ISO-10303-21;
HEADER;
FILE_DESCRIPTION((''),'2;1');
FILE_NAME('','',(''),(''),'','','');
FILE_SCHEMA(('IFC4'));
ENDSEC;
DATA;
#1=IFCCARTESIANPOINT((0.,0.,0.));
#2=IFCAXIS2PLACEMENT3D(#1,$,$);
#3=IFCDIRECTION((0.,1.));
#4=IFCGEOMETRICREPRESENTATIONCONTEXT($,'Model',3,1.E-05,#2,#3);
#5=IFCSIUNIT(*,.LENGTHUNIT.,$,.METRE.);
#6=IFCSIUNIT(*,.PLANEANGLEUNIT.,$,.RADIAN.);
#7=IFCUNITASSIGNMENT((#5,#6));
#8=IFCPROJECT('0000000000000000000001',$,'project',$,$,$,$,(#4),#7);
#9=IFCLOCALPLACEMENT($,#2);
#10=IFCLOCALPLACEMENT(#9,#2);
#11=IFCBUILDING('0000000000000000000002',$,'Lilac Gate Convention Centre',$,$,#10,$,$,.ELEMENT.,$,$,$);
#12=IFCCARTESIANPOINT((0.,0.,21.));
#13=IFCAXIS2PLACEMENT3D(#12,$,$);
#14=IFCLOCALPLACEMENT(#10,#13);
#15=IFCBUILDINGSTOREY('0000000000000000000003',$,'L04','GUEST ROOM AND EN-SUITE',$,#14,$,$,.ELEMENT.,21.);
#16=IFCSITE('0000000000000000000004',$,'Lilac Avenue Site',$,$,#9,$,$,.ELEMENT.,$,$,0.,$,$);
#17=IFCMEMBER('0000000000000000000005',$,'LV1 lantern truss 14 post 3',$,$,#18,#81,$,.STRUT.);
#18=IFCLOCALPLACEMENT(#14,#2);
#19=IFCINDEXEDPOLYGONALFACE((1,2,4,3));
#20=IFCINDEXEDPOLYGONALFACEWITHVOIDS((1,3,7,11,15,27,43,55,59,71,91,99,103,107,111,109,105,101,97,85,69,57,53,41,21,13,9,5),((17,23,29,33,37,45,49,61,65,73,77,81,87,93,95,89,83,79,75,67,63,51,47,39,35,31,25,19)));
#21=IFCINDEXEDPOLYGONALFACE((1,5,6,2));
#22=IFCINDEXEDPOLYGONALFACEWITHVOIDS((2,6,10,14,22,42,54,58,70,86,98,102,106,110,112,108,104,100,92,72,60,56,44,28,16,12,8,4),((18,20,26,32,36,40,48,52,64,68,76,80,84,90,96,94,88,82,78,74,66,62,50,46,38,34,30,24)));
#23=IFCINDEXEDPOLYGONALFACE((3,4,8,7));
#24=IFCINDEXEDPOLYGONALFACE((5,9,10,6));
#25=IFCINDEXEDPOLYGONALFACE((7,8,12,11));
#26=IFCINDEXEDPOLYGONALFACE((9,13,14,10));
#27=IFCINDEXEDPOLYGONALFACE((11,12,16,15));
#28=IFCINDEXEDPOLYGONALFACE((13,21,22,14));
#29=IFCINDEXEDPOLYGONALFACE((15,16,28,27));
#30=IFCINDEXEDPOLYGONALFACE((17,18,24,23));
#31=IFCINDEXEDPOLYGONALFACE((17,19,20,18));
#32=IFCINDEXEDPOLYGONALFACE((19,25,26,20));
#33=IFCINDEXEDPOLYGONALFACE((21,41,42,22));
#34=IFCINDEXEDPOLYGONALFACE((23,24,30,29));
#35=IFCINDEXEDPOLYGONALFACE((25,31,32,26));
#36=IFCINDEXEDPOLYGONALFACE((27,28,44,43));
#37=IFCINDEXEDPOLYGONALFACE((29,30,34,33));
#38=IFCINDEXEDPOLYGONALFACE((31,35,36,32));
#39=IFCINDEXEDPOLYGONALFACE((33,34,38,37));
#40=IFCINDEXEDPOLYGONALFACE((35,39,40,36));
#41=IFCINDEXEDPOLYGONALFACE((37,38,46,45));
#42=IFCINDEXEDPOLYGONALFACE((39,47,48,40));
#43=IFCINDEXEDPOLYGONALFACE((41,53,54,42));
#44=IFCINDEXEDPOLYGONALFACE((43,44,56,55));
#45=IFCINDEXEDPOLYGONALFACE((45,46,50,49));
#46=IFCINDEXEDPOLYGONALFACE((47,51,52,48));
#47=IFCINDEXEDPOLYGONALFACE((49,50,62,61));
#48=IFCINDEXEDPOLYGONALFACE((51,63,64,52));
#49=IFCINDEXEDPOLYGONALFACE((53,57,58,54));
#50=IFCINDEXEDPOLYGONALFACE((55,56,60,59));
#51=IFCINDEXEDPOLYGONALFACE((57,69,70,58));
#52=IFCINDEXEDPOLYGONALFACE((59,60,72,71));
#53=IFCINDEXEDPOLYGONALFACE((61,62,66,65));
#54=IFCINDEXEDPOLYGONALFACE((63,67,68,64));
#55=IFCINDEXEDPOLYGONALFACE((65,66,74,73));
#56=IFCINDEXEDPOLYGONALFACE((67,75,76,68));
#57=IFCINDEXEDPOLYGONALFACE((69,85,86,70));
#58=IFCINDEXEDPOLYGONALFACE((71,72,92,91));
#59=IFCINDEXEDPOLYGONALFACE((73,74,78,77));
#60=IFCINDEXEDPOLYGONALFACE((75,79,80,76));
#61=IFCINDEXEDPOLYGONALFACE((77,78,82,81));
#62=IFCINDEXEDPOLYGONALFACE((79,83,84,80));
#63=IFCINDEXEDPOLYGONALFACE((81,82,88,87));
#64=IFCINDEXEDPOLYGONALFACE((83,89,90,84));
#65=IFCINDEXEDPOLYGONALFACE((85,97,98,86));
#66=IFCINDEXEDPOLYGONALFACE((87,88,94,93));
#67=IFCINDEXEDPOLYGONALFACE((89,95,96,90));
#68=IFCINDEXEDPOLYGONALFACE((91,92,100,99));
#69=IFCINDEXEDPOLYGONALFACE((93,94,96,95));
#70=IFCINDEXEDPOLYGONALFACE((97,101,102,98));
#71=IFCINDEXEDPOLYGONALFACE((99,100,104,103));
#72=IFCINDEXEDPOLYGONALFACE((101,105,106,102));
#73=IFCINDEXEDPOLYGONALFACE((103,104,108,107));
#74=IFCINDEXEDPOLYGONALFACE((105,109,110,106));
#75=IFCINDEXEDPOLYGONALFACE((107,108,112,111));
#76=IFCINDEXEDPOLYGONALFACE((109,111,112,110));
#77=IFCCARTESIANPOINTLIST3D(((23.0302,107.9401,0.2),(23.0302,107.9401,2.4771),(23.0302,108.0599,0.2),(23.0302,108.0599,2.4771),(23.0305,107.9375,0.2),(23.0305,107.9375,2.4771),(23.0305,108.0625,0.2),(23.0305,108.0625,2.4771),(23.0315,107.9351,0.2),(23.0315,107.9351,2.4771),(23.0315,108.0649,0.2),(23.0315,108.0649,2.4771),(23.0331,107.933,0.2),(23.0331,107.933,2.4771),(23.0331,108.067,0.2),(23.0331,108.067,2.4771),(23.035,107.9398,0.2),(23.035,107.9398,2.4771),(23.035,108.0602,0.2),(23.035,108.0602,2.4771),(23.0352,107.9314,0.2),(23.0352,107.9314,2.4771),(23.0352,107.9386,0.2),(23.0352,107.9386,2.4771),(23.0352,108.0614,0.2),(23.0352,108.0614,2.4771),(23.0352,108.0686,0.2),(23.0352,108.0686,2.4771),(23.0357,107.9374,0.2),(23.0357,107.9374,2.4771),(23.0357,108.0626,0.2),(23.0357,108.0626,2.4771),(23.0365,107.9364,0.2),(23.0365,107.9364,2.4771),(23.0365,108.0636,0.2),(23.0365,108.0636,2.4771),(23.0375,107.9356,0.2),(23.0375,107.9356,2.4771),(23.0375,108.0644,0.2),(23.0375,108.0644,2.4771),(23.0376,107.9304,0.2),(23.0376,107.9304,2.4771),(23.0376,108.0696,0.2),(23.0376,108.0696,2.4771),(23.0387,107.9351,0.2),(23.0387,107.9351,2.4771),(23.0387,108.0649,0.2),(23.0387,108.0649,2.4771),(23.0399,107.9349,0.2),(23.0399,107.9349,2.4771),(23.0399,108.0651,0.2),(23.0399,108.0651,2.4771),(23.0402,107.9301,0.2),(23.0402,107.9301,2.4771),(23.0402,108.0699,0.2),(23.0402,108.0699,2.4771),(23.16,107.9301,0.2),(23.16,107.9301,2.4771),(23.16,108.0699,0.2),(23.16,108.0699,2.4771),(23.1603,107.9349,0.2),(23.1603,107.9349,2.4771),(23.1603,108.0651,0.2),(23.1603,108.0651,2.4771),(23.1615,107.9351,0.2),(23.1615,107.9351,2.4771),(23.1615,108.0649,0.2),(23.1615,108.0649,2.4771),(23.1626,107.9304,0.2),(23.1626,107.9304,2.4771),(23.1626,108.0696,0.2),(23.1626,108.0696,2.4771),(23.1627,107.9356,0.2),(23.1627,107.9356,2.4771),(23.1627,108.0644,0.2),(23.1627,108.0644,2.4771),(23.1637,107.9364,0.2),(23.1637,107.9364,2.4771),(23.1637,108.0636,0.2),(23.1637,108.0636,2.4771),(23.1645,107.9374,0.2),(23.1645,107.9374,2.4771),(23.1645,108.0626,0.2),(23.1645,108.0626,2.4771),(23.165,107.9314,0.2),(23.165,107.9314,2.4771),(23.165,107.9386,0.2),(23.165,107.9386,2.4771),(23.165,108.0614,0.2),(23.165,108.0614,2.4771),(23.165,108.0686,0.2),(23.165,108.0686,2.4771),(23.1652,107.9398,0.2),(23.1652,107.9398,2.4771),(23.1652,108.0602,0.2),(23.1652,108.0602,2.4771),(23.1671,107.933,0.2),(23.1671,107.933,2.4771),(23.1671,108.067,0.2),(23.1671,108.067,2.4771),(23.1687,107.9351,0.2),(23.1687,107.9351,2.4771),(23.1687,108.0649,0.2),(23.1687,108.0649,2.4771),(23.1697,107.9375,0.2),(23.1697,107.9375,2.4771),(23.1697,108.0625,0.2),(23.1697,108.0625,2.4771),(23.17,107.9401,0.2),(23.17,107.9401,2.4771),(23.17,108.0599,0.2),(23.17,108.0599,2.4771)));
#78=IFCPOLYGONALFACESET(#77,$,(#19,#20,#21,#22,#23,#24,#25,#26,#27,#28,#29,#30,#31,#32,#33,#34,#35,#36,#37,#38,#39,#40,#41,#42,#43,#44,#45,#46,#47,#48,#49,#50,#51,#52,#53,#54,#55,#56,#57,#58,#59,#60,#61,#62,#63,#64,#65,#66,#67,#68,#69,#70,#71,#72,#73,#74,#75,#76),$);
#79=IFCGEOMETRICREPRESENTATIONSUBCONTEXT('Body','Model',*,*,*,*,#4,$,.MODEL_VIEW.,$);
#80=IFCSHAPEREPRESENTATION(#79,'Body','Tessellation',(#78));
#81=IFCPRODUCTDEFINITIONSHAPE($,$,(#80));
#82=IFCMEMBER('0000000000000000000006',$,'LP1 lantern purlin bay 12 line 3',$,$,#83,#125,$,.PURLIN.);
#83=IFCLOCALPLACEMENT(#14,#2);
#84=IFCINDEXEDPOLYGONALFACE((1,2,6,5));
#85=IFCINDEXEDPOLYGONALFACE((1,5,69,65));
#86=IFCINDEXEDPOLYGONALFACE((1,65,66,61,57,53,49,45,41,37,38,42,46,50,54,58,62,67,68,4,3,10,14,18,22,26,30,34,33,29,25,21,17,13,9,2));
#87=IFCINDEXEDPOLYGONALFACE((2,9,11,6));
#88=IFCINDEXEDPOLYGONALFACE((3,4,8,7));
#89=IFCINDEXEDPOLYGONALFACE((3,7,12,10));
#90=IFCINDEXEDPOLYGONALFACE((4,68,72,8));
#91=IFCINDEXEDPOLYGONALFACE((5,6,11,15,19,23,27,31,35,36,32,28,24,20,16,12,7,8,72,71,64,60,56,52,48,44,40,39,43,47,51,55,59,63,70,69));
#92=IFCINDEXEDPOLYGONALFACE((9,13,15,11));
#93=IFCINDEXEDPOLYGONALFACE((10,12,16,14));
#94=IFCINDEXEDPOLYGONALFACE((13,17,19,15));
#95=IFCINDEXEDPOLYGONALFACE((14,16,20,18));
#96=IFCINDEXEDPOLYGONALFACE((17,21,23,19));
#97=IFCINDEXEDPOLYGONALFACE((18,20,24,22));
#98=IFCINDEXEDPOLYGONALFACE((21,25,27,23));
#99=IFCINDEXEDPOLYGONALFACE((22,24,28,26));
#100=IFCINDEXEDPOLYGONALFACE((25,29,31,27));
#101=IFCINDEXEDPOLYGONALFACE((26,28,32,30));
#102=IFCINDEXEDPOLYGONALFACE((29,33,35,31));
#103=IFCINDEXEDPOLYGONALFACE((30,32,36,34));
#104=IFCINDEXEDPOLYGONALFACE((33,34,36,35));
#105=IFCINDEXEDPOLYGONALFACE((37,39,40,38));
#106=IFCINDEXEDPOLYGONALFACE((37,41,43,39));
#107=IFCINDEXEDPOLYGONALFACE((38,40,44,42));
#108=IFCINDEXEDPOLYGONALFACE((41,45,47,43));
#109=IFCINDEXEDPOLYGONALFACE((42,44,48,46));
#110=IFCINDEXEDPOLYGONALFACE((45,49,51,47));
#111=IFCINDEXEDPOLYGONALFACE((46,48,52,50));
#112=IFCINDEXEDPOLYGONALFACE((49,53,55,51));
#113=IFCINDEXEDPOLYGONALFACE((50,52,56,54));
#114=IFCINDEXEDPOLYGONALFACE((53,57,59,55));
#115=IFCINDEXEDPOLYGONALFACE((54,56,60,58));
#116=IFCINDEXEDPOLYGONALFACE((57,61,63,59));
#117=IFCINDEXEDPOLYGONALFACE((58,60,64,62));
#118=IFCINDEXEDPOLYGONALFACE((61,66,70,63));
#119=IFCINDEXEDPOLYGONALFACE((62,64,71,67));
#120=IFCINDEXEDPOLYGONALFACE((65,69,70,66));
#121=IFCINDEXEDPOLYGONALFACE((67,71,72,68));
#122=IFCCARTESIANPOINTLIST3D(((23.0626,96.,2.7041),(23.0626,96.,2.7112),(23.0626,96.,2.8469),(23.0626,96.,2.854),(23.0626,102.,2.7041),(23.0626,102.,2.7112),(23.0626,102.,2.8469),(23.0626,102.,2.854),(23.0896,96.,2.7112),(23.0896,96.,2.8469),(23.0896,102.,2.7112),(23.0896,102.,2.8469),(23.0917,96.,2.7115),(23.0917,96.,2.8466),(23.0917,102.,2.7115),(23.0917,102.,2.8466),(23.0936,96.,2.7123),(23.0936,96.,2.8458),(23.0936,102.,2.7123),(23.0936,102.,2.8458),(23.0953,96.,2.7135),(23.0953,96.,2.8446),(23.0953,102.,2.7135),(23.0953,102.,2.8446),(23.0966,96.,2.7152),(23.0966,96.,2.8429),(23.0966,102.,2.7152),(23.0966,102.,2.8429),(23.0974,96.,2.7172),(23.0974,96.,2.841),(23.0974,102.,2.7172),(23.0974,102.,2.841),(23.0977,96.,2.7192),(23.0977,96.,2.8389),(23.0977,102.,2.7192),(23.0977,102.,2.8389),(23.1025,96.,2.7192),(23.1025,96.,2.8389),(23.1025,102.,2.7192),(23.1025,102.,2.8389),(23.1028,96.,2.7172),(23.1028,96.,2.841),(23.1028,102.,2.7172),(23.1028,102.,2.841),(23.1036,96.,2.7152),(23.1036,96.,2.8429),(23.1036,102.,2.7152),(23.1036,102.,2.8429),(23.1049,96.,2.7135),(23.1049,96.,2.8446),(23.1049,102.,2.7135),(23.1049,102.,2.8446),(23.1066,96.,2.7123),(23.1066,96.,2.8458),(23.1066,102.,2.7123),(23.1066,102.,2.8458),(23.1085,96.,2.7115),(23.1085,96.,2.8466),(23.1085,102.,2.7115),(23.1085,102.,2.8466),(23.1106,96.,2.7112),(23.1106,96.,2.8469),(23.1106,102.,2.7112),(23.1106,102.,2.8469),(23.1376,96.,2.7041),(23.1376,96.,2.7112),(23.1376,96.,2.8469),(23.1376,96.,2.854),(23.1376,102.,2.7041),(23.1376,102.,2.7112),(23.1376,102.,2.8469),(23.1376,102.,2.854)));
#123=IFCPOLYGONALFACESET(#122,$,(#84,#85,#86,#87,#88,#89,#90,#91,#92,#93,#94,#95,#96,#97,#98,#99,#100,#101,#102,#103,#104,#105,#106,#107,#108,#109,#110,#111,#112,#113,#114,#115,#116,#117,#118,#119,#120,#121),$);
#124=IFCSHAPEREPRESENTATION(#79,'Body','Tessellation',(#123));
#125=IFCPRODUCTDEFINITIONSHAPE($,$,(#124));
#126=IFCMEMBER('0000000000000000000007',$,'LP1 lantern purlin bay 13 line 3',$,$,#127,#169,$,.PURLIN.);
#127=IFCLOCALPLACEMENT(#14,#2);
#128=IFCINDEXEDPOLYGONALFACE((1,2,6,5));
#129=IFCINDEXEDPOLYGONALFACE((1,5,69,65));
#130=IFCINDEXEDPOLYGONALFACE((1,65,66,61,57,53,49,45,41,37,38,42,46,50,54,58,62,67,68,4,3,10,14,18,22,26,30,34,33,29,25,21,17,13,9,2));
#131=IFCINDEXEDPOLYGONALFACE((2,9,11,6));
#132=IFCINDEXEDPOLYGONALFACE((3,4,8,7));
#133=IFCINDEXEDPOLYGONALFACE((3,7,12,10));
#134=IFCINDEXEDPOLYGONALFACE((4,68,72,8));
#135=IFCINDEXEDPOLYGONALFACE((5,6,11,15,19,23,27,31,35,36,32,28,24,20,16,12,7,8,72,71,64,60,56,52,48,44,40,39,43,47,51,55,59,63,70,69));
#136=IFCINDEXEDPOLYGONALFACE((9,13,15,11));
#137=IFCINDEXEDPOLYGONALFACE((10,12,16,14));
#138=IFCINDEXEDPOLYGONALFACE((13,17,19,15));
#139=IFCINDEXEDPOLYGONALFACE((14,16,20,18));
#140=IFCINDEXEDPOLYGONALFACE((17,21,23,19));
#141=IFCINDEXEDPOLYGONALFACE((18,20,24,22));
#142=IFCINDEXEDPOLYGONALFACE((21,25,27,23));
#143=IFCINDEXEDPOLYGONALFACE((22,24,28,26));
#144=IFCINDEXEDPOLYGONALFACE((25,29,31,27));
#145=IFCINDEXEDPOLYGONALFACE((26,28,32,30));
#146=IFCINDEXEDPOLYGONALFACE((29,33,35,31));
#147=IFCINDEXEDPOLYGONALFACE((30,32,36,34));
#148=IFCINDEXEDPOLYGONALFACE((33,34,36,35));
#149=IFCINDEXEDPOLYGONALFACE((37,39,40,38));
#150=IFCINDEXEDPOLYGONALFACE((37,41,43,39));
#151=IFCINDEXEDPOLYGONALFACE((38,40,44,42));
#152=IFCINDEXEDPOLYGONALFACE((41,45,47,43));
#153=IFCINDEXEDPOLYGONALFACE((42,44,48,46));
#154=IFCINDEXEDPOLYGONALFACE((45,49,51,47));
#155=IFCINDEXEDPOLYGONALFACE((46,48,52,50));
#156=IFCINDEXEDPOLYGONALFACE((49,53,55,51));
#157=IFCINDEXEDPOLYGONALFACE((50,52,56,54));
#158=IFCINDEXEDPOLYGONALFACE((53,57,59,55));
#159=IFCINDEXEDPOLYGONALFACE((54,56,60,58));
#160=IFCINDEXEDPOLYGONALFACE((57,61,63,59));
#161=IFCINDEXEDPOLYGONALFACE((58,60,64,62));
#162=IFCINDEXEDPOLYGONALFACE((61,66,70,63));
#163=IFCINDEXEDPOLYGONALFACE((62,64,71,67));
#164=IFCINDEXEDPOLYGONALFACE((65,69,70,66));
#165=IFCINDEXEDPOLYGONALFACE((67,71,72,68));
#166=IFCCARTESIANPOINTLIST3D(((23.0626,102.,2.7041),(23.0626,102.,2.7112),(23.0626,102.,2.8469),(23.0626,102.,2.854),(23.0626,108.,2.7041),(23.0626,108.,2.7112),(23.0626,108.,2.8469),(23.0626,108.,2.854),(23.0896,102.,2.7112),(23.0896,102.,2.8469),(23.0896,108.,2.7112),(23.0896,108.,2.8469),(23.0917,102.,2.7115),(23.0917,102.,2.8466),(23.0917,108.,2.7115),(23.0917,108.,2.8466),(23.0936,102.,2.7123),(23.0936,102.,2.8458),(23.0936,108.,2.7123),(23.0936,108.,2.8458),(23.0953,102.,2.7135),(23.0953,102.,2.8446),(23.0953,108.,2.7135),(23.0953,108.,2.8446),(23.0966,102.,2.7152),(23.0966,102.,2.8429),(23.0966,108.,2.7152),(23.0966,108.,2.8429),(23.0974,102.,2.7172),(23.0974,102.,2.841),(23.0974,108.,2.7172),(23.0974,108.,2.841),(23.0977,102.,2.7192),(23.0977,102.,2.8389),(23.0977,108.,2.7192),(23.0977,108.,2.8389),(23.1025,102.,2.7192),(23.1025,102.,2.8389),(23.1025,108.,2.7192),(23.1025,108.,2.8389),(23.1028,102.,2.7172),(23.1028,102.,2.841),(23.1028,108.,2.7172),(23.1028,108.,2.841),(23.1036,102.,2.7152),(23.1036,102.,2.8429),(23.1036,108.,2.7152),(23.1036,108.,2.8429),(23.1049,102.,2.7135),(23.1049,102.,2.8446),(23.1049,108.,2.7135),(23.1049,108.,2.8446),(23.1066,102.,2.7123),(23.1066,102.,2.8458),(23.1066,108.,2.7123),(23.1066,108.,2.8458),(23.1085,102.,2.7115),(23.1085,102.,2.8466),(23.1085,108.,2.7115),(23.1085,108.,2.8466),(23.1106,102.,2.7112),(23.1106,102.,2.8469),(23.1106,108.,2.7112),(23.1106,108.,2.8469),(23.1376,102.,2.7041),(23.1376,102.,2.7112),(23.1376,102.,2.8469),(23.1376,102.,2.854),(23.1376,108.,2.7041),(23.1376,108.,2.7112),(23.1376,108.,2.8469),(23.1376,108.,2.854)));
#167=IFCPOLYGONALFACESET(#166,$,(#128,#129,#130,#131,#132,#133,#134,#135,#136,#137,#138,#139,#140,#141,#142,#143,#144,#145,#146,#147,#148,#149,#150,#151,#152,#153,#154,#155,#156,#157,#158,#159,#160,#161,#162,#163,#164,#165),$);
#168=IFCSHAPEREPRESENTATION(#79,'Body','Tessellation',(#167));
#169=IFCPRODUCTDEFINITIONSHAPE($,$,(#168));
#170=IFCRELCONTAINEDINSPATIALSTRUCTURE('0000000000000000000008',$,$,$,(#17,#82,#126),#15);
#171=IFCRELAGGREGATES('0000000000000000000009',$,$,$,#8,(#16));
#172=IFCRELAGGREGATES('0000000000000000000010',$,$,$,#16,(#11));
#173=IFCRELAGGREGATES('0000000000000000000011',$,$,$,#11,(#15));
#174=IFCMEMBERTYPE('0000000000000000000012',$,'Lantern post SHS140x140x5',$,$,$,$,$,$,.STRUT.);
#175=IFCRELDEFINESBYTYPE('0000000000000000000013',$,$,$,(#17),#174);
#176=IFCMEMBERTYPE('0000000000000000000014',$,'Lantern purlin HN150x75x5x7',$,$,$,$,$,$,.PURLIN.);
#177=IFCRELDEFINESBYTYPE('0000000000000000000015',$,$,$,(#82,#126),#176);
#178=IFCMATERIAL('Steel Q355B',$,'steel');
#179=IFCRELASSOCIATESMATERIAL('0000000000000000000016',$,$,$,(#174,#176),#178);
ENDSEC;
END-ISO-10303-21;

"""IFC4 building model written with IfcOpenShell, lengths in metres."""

from ifc_helpers import new_model, si_unit, direction, frame, origin, origin_2d, place, context, subcontext, project, spatial, hollow_rectangle, i_section, extrude, material, material_profile, profile_set, type_object, element, save


model = new_model("IFC4")

# Units and contexts
model_context = context("Model", 3, precision=1e-05, world=origin(), true_north=direction((0.0, 1.0)))
body_context = subcontext(model_context, "Body", "Model", "MODEL_VIEW")
ifc_project = project(units=[si_unit("LENGTHUNIT", "METRE"), si_unit("PLANEANGLEUNIT", "RADIAN")], contexts=[model_context])

# Site, building, storey
site_placement = place(None, origin())
site = spatial("IfcSite", under=ifc_project, at=site_placement, Name="Lilac Avenue Site", CompositionType="ELEMENT", RefElevation=0.0)
building_placement = place(site_placement, origin())
building = spatial("IfcBuilding", under=site, at=building_placement, Name="Lilac Gate Convention Centre", CompositionType="ELEMENT")
storey_placement = place(building_placement, frame((0.0, 0.0, 21.0)))
storey = spatial("IfcBuildingStorey", under=building, at=storey_placement, Name="L04", Description="GUEST ROOM AND EN-SUITE", CompositionType="ELEMENT", Elevation=21.0)

# Members
ifc_material_1 = material(Name="Steel Q355B", Category="steel")
ifc_material_profile_1 = material_profile(ifc_material_1, hollow_rectangle(XDim=0.1399, YDim=0.1399, WallThickness=0.0049, InnerFilletRadius=0.0049, OuterFilletRadius=0.01, at=origin_2d()), Name="SHS140x140x5")
ifc_profile_set_1 = profile_set([ifc_material_profile_1], Name="Steel Q355B")
member_type_1 = type_object("IfcMemberType", Name="Lantern post SHS140x140x5", PredefinedType="STRUT", material=ifc_profile_set_1)
member_1_placement = place(storey_placement, frame((23.1001, 108.0, 0.2), z_axis=(0.0, 0.0, 1.0), x_axis=(1.0, 0.0, 0.0)))
element("IfcMember", 1, at=member_1_placement, inside=storey, type_object=member_type_1, Name="LV1 lantern truss 14 post 3", PredefinedType="STRUT", context=body_context, shape_type="SweptSolid", body=[
    extrude(hollow_rectangle(XDim=0.1399, YDim=0.1399, WallThickness=0.0049, InnerFilletRadius=0.0049, OuterFilletRadius=0.01, at=origin_2d()), origin(), (0.0, 0.0, 1.0), 2.2771),
])
ifc_material_profile_2 = material_profile(ifc_material_1, i_section(OverallWidth=0.075, OverallDepth=0.1499, WebThickness=0.0049, FlangeThickness=0.0071, FilletRadius=0.0081, at=origin_2d()), Name="HN150x75x5x7")
ifc_profile_set_2 = profile_set([ifc_material_profile_2], Name="Steel Q355B")
member_type_2 = type_object("IfcMemberType", Name="Lantern purlin HN150x75x5x7", PredefinedType="PURLIN", material=ifc_profile_set_2)
for number, where, z_axis, x_axis, name in (
    (2, (23.1001, 96.0, 2.7791), (0.0, 1.0, 0.0), (-1.0, 0.0, 0.0), "LP1 lantern purlin bay 12 line 3"),
    (3, (23.1001, 102.0, 2.7791), (0.0, 1.0, 0.0), (-1.0, 0.0, 0.0), "LP1 lantern purlin bay 13 line 3"),
):
    element("IfcMember", number, at=place(storey_placement, frame(where, z_axis=z_axis, x_axis=x_axis)), inside=storey, type_object=member_type_2, Name=name, PredefinedType="PURLIN", context=body_context, shape_type="SweptSolid", body=[
        extrude(i_section(OverallWidth=0.075, OverallDepth=0.1499, WebThickness=0.0049, FlangeThickness=0.0071, FilletRadius=0.0081, at=origin_2d()), origin(), (0.0, 0.0, 1.0), 6.0),
    ])

save(model, "model.ifc")
